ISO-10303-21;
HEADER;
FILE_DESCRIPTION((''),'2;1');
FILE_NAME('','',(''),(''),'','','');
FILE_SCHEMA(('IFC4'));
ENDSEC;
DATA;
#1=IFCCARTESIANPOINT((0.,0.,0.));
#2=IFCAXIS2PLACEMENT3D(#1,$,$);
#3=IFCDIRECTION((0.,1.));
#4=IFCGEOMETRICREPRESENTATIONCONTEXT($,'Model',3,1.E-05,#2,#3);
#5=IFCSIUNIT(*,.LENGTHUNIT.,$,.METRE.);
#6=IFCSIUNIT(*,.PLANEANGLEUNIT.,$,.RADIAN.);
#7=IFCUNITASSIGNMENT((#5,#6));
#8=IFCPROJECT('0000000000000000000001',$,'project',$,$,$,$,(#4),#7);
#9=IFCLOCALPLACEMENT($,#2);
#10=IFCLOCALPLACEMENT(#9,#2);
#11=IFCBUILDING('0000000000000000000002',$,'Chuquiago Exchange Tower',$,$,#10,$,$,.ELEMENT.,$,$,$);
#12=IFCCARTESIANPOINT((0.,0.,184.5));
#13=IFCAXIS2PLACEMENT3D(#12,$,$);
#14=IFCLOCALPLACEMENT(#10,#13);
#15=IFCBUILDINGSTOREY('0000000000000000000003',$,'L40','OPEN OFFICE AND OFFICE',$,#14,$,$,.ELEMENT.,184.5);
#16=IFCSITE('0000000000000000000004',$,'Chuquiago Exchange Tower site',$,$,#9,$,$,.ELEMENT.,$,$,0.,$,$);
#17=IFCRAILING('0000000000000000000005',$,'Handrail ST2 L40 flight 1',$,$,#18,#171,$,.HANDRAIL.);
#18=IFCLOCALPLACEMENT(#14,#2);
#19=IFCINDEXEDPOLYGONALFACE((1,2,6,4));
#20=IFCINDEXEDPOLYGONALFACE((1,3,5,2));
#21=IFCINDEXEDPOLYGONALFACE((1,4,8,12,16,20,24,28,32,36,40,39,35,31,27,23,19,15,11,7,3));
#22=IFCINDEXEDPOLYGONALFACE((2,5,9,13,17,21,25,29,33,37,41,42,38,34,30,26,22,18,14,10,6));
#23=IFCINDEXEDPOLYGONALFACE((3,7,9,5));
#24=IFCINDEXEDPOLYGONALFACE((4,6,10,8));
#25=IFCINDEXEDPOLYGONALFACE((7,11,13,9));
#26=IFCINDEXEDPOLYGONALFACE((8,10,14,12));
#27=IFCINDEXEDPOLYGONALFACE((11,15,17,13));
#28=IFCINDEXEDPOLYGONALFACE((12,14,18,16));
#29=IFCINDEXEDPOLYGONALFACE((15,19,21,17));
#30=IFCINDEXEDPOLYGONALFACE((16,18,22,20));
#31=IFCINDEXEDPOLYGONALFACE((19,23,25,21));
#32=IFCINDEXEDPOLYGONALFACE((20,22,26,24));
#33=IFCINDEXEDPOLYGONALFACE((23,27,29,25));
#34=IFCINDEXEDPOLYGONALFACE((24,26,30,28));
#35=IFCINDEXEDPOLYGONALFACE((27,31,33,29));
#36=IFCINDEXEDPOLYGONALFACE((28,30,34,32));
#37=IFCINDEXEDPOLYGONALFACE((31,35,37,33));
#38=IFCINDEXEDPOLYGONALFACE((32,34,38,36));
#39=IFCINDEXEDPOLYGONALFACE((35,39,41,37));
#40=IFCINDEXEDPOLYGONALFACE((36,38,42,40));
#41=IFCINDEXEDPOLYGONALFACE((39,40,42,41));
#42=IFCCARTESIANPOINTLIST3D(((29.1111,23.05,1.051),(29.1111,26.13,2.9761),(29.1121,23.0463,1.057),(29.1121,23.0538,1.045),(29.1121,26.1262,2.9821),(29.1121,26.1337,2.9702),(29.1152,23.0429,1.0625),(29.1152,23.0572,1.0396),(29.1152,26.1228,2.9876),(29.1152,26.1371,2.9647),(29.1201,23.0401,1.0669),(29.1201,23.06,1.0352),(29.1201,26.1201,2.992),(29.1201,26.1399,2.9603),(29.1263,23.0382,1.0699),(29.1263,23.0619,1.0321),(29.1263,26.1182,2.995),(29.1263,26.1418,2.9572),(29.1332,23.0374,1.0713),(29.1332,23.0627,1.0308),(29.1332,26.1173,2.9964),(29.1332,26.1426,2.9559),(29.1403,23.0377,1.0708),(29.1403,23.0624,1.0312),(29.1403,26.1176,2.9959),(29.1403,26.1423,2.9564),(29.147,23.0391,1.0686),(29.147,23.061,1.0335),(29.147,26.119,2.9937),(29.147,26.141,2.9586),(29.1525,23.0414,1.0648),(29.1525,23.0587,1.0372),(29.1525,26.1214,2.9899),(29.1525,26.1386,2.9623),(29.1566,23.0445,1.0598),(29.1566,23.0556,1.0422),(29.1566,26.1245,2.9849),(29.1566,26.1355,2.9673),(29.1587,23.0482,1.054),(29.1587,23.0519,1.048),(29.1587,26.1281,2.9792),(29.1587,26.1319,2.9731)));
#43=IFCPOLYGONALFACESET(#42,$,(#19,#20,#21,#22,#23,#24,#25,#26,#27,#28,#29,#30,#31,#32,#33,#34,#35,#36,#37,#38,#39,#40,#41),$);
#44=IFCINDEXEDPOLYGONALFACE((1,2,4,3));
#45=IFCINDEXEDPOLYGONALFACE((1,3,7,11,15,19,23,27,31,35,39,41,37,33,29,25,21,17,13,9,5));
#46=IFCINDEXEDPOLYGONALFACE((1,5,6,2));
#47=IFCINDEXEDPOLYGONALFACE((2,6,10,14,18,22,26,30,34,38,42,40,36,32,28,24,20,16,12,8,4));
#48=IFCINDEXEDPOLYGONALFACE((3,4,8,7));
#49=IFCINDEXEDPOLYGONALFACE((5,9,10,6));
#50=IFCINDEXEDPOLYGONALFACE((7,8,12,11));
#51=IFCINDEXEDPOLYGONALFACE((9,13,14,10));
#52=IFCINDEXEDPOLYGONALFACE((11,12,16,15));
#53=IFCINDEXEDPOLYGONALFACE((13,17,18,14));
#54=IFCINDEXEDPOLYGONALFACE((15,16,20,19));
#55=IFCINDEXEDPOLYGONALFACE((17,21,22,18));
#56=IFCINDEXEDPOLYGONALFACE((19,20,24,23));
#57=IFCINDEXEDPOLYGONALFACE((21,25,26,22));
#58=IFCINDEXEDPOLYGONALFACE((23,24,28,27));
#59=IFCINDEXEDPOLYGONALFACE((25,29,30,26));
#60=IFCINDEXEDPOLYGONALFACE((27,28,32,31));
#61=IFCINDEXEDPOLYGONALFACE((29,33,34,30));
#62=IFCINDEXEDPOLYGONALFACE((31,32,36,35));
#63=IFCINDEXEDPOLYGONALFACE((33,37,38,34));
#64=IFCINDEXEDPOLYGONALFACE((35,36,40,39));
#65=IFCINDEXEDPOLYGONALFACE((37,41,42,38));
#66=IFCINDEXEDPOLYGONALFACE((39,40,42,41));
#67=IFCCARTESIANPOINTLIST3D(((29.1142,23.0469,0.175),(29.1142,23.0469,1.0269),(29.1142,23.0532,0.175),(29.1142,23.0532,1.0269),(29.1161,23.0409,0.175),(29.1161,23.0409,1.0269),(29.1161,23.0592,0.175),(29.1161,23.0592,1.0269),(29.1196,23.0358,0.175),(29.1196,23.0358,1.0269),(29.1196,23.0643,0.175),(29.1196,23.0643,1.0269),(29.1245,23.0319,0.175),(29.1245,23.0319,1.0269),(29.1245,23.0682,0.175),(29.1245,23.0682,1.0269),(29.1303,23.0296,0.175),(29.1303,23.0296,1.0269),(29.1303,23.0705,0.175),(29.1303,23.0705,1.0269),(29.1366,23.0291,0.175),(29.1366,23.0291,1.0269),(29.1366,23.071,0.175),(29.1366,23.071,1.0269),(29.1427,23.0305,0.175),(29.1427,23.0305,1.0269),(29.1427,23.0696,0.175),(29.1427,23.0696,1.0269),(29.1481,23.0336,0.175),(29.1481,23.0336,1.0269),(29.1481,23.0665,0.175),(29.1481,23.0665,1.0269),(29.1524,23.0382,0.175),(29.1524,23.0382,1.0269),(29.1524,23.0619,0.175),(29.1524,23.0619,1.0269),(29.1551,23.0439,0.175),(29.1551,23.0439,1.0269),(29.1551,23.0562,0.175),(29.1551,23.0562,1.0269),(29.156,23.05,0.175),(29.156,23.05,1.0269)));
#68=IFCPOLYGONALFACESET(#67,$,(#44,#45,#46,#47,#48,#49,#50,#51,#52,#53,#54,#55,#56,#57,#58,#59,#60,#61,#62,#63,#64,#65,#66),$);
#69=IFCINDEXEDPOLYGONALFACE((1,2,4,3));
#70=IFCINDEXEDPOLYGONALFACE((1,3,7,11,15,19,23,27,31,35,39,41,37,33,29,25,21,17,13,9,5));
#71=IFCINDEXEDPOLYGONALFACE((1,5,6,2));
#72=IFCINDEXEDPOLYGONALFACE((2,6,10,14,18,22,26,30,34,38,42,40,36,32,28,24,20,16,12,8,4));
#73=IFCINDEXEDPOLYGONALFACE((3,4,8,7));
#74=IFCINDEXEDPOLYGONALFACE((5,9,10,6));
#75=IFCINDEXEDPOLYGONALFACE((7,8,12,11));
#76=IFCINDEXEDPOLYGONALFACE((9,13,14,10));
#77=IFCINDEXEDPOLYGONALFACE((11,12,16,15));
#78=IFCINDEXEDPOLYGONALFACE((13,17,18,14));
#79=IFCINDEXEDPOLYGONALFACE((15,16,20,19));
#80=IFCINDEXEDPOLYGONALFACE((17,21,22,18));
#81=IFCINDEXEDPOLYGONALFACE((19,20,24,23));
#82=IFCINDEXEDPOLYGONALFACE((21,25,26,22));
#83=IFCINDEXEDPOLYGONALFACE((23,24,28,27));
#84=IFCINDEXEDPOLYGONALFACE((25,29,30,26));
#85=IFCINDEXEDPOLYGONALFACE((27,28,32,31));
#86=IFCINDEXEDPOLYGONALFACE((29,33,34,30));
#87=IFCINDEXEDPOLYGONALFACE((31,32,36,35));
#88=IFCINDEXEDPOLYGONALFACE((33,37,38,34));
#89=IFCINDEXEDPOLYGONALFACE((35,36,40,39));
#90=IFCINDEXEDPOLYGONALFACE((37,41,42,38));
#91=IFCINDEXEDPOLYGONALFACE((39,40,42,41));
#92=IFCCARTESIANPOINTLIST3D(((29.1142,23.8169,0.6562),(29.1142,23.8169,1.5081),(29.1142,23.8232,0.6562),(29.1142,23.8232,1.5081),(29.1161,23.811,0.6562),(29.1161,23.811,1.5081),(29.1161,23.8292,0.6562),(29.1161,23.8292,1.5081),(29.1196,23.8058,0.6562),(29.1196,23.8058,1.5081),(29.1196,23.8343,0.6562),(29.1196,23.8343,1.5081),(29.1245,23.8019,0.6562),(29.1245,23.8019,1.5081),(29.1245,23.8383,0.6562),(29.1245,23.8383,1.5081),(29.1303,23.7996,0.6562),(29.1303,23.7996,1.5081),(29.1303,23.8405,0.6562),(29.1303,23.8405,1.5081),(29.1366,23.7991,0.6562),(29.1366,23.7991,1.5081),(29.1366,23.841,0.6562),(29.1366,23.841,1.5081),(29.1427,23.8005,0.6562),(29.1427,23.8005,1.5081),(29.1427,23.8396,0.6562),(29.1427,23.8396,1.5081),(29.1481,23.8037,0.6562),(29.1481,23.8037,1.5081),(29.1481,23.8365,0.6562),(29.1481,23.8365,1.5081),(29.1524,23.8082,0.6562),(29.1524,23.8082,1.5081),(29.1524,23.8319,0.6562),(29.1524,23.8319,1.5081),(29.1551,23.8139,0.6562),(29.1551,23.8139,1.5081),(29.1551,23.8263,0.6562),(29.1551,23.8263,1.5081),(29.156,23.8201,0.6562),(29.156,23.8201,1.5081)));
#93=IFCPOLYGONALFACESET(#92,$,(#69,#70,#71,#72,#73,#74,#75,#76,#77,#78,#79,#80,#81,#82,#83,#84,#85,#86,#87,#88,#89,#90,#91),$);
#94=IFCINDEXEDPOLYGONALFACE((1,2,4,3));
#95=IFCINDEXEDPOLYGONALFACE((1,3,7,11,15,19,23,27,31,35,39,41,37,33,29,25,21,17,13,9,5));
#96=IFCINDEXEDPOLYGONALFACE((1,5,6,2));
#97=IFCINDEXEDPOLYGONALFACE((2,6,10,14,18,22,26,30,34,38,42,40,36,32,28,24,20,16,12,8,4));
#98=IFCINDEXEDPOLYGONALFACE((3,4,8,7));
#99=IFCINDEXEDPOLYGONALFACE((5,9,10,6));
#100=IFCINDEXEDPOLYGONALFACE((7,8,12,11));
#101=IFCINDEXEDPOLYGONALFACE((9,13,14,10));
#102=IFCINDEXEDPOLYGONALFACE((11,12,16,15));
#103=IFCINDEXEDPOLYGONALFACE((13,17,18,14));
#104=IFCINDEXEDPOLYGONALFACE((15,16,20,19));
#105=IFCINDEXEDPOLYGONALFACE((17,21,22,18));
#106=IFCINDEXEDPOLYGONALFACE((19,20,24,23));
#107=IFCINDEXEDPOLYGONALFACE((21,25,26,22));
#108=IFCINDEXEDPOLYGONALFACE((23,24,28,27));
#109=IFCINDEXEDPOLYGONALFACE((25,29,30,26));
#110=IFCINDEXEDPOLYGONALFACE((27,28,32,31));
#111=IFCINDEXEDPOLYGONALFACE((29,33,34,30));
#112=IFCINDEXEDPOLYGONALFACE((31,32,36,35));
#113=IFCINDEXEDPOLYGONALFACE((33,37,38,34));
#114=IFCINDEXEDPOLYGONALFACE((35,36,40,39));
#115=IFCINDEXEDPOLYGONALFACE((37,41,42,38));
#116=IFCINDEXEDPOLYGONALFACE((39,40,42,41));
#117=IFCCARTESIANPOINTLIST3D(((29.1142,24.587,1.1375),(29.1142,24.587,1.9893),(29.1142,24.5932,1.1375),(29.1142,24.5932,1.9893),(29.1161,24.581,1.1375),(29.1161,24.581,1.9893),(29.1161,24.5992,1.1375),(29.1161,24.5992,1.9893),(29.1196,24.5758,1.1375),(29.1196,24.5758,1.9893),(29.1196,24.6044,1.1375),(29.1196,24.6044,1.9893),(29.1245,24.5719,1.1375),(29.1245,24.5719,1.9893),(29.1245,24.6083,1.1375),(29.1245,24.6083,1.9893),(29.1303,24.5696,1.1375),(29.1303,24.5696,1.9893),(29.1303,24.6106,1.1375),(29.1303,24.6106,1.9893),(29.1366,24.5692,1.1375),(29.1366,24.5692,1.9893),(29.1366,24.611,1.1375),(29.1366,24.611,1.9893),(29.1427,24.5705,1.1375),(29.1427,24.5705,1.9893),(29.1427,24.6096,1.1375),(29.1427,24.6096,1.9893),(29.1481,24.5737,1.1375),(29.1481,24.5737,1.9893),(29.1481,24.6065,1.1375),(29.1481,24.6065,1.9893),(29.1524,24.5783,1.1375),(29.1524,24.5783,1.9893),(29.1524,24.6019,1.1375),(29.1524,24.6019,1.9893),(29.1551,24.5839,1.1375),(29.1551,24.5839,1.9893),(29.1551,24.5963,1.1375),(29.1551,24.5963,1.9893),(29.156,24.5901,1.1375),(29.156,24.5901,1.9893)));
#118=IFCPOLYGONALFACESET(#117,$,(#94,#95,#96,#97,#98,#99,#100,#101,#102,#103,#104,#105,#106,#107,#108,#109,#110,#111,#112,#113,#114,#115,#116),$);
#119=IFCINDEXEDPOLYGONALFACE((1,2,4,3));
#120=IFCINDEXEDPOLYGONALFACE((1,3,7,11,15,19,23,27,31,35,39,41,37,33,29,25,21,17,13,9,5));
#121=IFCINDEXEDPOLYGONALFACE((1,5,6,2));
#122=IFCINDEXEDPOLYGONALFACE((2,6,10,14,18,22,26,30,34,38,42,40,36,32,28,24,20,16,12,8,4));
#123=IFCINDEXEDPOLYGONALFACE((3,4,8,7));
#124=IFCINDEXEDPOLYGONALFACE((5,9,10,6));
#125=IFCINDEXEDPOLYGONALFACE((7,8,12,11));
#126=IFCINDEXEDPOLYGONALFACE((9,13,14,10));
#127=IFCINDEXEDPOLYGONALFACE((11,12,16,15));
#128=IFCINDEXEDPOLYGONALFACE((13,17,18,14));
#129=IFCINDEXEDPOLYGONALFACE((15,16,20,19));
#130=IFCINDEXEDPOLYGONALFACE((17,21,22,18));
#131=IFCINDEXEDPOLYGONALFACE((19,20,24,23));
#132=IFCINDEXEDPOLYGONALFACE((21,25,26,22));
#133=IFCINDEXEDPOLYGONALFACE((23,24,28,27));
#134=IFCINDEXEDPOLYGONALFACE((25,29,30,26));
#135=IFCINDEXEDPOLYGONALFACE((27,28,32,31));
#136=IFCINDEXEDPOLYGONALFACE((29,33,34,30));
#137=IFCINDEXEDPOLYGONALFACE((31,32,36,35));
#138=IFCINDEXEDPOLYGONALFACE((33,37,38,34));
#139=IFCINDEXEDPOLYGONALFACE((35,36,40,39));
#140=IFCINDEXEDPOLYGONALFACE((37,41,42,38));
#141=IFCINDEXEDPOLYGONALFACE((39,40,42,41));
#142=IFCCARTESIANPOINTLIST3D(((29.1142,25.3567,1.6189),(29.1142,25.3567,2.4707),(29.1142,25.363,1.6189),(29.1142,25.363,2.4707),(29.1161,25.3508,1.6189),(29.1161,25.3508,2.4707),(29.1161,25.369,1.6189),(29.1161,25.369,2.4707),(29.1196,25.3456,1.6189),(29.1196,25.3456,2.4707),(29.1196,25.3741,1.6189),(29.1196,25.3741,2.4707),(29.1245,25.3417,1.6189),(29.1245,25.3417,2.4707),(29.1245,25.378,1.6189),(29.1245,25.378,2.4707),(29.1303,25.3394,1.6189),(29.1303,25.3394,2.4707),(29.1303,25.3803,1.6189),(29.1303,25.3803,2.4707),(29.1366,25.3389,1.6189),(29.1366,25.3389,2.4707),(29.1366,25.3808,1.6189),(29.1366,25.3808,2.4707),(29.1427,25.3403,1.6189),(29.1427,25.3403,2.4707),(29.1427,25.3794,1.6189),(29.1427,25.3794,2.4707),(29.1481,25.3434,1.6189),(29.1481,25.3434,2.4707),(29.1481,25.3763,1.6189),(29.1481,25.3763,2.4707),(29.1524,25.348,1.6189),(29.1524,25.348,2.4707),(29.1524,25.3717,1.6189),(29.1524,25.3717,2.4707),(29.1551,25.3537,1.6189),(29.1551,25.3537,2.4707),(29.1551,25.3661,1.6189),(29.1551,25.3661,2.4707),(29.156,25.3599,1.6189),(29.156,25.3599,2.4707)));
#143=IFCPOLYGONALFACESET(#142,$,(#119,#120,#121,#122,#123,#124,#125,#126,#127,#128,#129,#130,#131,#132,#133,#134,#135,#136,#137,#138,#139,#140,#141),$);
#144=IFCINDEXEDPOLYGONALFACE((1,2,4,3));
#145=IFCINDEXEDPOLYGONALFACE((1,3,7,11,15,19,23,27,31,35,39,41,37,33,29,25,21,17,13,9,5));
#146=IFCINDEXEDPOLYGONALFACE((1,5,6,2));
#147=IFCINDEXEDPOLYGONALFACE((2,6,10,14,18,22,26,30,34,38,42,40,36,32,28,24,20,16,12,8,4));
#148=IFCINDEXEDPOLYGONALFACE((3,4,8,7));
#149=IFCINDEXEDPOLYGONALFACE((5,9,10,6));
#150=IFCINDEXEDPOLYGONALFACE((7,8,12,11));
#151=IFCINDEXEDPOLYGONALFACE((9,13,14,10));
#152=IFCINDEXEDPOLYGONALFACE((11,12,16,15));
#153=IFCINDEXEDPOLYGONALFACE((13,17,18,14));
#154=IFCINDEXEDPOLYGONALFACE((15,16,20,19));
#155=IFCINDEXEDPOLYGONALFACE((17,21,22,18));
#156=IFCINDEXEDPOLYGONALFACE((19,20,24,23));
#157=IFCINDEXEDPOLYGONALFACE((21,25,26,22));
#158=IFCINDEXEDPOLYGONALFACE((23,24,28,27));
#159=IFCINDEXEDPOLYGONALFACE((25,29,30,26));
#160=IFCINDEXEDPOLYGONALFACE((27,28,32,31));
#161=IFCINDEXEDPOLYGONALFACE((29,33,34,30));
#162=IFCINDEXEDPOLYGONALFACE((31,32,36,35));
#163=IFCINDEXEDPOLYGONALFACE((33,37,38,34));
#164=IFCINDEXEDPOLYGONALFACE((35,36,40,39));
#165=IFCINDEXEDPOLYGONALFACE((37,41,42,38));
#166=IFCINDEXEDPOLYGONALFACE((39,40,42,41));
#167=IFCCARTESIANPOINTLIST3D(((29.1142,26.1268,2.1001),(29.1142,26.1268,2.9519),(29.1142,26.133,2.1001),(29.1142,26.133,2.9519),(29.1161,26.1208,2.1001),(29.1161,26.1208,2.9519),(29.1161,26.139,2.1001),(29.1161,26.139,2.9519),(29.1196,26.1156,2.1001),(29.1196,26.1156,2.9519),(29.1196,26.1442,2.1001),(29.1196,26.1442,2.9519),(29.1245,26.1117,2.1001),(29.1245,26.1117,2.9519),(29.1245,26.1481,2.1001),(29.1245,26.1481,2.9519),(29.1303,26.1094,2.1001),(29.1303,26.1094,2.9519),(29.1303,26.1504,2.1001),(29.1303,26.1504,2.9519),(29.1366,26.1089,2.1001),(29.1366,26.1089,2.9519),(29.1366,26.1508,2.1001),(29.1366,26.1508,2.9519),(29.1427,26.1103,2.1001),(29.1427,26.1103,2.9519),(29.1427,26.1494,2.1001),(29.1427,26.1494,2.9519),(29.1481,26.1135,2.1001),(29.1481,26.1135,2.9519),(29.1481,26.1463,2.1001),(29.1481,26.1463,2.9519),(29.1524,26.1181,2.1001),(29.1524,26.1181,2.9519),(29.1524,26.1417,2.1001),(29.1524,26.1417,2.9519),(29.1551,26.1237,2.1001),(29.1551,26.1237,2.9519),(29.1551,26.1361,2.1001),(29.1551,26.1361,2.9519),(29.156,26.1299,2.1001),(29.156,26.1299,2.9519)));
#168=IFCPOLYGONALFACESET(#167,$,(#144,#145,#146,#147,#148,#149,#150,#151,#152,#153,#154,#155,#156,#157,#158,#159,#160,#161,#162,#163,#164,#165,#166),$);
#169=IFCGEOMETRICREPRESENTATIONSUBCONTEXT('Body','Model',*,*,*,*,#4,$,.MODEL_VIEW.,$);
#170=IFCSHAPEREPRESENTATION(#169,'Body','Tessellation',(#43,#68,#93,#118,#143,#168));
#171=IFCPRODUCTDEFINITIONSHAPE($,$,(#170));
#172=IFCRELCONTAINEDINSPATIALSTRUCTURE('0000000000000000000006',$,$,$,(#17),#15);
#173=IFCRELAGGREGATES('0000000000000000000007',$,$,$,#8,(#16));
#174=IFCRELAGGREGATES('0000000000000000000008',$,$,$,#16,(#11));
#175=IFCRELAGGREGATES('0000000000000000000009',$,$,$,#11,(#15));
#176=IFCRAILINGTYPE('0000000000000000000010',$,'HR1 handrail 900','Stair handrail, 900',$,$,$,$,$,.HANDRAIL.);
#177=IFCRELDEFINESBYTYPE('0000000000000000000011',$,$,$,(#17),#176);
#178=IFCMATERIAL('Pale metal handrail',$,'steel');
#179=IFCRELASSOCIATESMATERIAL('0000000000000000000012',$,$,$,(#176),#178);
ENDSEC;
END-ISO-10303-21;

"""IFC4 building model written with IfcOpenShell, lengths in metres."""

from ifc_helpers import new_model, si_unit, direction, frame, origin, origin_2d, place, context, subcontext, project, spatial, circle, extrude, material, type_object, element, save


model = new_model("IFC4")

# Units and contexts
model_context = context("Model", 3, precision=1e-05, world=origin(), true_north=direction((0.0, 1.0)))
body_context = subcontext(model_context, "Body", "Model", "MODEL_VIEW")
ifc_project = project(units=[si_unit("LENGTHUNIT", "METRE"), si_unit("PLANEANGLEUNIT", "RADIAN")], contexts=[model_context])

# Site, building, storey
site_placement = place(None, origin())
site = spatial("IfcSite", under=ifc_project, at=site_placement, Name="Chuquiago Exchange Tower site", CompositionType="ELEMENT", RefElevation=0.0)
building_placement = place(site_placement, origin())
building = spatial("IfcBuilding", under=site, at=building_placement, Name="Chuquiago Exchange Tower", CompositionType="ELEMENT")
storey_placement = place(building_placement, frame((0.0, 0.0, 184.5)))
storey = spatial("IfcBuildingStorey", under=building, at=storey_placement, Name="L40", Description="OPEN OFFICE AND OFFICE", CompositionType="ELEMENT", Elevation=184.5)

# Railing
ifc_material_1 = material(Name="Pale metal handrail", Category="steel")
railing_type_1 = type_object("IfcRailingType", Name="HR1 handrail 900", Description="Stair handrail, 900", PredefinedType="HANDRAIL", material=ifc_material_1)
for number, where, name in (
    (1, (29.135, 23.05, 0.175), "Handrail ST2 L40 flight 1"),
):
    element("IfcRailing", number, at=place(storey_placement, frame(where)), inside=storey, type_object=railing_type_1, Name=name, PredefinedType="HANDRAIL", context=body_context, shape_type="SweptSolid", body=[
        extrude(circle(Radius=0.0239, at=origin_2d()), frame((0.0, 0.0, 0.876), z_axis=(0.0, 0.847979, 0.530029), x_axis=(-1.0, 0.0, 0.0)), (0.0, 0.0, 1.0), 3.6321),
        extrude(circle(Radius=0.021, at=origin_2d()), origin(), (0.0, 0.0, 1.0), 0.8518),
        extrude(circle(Radius=0.021, at=origin_2d()), frame((0.0, 0.77, 0.4812)), (0.0, 0.0, 1.0), 0.8518),
        extrude(circle(Radius=0.021, at=origin_2d()), frame((0.0, 1.54, 0.9624)), (0.0, 0.0, 1.0), 0.8518),
        extrude(circle(Radius=0.021, at=origin_2d()), frame((0.0, 2.3098, 1.4438)), (0.0, 0.0, 1.0), 0.8518),
        extrude(circle(Radius=0.021, at=origin_2d()), frame((0.0, 3.0798, 1.925)), (0.0, 0.0, 1.0), 0.8518),
    ])

save(model, "model.ifc")
